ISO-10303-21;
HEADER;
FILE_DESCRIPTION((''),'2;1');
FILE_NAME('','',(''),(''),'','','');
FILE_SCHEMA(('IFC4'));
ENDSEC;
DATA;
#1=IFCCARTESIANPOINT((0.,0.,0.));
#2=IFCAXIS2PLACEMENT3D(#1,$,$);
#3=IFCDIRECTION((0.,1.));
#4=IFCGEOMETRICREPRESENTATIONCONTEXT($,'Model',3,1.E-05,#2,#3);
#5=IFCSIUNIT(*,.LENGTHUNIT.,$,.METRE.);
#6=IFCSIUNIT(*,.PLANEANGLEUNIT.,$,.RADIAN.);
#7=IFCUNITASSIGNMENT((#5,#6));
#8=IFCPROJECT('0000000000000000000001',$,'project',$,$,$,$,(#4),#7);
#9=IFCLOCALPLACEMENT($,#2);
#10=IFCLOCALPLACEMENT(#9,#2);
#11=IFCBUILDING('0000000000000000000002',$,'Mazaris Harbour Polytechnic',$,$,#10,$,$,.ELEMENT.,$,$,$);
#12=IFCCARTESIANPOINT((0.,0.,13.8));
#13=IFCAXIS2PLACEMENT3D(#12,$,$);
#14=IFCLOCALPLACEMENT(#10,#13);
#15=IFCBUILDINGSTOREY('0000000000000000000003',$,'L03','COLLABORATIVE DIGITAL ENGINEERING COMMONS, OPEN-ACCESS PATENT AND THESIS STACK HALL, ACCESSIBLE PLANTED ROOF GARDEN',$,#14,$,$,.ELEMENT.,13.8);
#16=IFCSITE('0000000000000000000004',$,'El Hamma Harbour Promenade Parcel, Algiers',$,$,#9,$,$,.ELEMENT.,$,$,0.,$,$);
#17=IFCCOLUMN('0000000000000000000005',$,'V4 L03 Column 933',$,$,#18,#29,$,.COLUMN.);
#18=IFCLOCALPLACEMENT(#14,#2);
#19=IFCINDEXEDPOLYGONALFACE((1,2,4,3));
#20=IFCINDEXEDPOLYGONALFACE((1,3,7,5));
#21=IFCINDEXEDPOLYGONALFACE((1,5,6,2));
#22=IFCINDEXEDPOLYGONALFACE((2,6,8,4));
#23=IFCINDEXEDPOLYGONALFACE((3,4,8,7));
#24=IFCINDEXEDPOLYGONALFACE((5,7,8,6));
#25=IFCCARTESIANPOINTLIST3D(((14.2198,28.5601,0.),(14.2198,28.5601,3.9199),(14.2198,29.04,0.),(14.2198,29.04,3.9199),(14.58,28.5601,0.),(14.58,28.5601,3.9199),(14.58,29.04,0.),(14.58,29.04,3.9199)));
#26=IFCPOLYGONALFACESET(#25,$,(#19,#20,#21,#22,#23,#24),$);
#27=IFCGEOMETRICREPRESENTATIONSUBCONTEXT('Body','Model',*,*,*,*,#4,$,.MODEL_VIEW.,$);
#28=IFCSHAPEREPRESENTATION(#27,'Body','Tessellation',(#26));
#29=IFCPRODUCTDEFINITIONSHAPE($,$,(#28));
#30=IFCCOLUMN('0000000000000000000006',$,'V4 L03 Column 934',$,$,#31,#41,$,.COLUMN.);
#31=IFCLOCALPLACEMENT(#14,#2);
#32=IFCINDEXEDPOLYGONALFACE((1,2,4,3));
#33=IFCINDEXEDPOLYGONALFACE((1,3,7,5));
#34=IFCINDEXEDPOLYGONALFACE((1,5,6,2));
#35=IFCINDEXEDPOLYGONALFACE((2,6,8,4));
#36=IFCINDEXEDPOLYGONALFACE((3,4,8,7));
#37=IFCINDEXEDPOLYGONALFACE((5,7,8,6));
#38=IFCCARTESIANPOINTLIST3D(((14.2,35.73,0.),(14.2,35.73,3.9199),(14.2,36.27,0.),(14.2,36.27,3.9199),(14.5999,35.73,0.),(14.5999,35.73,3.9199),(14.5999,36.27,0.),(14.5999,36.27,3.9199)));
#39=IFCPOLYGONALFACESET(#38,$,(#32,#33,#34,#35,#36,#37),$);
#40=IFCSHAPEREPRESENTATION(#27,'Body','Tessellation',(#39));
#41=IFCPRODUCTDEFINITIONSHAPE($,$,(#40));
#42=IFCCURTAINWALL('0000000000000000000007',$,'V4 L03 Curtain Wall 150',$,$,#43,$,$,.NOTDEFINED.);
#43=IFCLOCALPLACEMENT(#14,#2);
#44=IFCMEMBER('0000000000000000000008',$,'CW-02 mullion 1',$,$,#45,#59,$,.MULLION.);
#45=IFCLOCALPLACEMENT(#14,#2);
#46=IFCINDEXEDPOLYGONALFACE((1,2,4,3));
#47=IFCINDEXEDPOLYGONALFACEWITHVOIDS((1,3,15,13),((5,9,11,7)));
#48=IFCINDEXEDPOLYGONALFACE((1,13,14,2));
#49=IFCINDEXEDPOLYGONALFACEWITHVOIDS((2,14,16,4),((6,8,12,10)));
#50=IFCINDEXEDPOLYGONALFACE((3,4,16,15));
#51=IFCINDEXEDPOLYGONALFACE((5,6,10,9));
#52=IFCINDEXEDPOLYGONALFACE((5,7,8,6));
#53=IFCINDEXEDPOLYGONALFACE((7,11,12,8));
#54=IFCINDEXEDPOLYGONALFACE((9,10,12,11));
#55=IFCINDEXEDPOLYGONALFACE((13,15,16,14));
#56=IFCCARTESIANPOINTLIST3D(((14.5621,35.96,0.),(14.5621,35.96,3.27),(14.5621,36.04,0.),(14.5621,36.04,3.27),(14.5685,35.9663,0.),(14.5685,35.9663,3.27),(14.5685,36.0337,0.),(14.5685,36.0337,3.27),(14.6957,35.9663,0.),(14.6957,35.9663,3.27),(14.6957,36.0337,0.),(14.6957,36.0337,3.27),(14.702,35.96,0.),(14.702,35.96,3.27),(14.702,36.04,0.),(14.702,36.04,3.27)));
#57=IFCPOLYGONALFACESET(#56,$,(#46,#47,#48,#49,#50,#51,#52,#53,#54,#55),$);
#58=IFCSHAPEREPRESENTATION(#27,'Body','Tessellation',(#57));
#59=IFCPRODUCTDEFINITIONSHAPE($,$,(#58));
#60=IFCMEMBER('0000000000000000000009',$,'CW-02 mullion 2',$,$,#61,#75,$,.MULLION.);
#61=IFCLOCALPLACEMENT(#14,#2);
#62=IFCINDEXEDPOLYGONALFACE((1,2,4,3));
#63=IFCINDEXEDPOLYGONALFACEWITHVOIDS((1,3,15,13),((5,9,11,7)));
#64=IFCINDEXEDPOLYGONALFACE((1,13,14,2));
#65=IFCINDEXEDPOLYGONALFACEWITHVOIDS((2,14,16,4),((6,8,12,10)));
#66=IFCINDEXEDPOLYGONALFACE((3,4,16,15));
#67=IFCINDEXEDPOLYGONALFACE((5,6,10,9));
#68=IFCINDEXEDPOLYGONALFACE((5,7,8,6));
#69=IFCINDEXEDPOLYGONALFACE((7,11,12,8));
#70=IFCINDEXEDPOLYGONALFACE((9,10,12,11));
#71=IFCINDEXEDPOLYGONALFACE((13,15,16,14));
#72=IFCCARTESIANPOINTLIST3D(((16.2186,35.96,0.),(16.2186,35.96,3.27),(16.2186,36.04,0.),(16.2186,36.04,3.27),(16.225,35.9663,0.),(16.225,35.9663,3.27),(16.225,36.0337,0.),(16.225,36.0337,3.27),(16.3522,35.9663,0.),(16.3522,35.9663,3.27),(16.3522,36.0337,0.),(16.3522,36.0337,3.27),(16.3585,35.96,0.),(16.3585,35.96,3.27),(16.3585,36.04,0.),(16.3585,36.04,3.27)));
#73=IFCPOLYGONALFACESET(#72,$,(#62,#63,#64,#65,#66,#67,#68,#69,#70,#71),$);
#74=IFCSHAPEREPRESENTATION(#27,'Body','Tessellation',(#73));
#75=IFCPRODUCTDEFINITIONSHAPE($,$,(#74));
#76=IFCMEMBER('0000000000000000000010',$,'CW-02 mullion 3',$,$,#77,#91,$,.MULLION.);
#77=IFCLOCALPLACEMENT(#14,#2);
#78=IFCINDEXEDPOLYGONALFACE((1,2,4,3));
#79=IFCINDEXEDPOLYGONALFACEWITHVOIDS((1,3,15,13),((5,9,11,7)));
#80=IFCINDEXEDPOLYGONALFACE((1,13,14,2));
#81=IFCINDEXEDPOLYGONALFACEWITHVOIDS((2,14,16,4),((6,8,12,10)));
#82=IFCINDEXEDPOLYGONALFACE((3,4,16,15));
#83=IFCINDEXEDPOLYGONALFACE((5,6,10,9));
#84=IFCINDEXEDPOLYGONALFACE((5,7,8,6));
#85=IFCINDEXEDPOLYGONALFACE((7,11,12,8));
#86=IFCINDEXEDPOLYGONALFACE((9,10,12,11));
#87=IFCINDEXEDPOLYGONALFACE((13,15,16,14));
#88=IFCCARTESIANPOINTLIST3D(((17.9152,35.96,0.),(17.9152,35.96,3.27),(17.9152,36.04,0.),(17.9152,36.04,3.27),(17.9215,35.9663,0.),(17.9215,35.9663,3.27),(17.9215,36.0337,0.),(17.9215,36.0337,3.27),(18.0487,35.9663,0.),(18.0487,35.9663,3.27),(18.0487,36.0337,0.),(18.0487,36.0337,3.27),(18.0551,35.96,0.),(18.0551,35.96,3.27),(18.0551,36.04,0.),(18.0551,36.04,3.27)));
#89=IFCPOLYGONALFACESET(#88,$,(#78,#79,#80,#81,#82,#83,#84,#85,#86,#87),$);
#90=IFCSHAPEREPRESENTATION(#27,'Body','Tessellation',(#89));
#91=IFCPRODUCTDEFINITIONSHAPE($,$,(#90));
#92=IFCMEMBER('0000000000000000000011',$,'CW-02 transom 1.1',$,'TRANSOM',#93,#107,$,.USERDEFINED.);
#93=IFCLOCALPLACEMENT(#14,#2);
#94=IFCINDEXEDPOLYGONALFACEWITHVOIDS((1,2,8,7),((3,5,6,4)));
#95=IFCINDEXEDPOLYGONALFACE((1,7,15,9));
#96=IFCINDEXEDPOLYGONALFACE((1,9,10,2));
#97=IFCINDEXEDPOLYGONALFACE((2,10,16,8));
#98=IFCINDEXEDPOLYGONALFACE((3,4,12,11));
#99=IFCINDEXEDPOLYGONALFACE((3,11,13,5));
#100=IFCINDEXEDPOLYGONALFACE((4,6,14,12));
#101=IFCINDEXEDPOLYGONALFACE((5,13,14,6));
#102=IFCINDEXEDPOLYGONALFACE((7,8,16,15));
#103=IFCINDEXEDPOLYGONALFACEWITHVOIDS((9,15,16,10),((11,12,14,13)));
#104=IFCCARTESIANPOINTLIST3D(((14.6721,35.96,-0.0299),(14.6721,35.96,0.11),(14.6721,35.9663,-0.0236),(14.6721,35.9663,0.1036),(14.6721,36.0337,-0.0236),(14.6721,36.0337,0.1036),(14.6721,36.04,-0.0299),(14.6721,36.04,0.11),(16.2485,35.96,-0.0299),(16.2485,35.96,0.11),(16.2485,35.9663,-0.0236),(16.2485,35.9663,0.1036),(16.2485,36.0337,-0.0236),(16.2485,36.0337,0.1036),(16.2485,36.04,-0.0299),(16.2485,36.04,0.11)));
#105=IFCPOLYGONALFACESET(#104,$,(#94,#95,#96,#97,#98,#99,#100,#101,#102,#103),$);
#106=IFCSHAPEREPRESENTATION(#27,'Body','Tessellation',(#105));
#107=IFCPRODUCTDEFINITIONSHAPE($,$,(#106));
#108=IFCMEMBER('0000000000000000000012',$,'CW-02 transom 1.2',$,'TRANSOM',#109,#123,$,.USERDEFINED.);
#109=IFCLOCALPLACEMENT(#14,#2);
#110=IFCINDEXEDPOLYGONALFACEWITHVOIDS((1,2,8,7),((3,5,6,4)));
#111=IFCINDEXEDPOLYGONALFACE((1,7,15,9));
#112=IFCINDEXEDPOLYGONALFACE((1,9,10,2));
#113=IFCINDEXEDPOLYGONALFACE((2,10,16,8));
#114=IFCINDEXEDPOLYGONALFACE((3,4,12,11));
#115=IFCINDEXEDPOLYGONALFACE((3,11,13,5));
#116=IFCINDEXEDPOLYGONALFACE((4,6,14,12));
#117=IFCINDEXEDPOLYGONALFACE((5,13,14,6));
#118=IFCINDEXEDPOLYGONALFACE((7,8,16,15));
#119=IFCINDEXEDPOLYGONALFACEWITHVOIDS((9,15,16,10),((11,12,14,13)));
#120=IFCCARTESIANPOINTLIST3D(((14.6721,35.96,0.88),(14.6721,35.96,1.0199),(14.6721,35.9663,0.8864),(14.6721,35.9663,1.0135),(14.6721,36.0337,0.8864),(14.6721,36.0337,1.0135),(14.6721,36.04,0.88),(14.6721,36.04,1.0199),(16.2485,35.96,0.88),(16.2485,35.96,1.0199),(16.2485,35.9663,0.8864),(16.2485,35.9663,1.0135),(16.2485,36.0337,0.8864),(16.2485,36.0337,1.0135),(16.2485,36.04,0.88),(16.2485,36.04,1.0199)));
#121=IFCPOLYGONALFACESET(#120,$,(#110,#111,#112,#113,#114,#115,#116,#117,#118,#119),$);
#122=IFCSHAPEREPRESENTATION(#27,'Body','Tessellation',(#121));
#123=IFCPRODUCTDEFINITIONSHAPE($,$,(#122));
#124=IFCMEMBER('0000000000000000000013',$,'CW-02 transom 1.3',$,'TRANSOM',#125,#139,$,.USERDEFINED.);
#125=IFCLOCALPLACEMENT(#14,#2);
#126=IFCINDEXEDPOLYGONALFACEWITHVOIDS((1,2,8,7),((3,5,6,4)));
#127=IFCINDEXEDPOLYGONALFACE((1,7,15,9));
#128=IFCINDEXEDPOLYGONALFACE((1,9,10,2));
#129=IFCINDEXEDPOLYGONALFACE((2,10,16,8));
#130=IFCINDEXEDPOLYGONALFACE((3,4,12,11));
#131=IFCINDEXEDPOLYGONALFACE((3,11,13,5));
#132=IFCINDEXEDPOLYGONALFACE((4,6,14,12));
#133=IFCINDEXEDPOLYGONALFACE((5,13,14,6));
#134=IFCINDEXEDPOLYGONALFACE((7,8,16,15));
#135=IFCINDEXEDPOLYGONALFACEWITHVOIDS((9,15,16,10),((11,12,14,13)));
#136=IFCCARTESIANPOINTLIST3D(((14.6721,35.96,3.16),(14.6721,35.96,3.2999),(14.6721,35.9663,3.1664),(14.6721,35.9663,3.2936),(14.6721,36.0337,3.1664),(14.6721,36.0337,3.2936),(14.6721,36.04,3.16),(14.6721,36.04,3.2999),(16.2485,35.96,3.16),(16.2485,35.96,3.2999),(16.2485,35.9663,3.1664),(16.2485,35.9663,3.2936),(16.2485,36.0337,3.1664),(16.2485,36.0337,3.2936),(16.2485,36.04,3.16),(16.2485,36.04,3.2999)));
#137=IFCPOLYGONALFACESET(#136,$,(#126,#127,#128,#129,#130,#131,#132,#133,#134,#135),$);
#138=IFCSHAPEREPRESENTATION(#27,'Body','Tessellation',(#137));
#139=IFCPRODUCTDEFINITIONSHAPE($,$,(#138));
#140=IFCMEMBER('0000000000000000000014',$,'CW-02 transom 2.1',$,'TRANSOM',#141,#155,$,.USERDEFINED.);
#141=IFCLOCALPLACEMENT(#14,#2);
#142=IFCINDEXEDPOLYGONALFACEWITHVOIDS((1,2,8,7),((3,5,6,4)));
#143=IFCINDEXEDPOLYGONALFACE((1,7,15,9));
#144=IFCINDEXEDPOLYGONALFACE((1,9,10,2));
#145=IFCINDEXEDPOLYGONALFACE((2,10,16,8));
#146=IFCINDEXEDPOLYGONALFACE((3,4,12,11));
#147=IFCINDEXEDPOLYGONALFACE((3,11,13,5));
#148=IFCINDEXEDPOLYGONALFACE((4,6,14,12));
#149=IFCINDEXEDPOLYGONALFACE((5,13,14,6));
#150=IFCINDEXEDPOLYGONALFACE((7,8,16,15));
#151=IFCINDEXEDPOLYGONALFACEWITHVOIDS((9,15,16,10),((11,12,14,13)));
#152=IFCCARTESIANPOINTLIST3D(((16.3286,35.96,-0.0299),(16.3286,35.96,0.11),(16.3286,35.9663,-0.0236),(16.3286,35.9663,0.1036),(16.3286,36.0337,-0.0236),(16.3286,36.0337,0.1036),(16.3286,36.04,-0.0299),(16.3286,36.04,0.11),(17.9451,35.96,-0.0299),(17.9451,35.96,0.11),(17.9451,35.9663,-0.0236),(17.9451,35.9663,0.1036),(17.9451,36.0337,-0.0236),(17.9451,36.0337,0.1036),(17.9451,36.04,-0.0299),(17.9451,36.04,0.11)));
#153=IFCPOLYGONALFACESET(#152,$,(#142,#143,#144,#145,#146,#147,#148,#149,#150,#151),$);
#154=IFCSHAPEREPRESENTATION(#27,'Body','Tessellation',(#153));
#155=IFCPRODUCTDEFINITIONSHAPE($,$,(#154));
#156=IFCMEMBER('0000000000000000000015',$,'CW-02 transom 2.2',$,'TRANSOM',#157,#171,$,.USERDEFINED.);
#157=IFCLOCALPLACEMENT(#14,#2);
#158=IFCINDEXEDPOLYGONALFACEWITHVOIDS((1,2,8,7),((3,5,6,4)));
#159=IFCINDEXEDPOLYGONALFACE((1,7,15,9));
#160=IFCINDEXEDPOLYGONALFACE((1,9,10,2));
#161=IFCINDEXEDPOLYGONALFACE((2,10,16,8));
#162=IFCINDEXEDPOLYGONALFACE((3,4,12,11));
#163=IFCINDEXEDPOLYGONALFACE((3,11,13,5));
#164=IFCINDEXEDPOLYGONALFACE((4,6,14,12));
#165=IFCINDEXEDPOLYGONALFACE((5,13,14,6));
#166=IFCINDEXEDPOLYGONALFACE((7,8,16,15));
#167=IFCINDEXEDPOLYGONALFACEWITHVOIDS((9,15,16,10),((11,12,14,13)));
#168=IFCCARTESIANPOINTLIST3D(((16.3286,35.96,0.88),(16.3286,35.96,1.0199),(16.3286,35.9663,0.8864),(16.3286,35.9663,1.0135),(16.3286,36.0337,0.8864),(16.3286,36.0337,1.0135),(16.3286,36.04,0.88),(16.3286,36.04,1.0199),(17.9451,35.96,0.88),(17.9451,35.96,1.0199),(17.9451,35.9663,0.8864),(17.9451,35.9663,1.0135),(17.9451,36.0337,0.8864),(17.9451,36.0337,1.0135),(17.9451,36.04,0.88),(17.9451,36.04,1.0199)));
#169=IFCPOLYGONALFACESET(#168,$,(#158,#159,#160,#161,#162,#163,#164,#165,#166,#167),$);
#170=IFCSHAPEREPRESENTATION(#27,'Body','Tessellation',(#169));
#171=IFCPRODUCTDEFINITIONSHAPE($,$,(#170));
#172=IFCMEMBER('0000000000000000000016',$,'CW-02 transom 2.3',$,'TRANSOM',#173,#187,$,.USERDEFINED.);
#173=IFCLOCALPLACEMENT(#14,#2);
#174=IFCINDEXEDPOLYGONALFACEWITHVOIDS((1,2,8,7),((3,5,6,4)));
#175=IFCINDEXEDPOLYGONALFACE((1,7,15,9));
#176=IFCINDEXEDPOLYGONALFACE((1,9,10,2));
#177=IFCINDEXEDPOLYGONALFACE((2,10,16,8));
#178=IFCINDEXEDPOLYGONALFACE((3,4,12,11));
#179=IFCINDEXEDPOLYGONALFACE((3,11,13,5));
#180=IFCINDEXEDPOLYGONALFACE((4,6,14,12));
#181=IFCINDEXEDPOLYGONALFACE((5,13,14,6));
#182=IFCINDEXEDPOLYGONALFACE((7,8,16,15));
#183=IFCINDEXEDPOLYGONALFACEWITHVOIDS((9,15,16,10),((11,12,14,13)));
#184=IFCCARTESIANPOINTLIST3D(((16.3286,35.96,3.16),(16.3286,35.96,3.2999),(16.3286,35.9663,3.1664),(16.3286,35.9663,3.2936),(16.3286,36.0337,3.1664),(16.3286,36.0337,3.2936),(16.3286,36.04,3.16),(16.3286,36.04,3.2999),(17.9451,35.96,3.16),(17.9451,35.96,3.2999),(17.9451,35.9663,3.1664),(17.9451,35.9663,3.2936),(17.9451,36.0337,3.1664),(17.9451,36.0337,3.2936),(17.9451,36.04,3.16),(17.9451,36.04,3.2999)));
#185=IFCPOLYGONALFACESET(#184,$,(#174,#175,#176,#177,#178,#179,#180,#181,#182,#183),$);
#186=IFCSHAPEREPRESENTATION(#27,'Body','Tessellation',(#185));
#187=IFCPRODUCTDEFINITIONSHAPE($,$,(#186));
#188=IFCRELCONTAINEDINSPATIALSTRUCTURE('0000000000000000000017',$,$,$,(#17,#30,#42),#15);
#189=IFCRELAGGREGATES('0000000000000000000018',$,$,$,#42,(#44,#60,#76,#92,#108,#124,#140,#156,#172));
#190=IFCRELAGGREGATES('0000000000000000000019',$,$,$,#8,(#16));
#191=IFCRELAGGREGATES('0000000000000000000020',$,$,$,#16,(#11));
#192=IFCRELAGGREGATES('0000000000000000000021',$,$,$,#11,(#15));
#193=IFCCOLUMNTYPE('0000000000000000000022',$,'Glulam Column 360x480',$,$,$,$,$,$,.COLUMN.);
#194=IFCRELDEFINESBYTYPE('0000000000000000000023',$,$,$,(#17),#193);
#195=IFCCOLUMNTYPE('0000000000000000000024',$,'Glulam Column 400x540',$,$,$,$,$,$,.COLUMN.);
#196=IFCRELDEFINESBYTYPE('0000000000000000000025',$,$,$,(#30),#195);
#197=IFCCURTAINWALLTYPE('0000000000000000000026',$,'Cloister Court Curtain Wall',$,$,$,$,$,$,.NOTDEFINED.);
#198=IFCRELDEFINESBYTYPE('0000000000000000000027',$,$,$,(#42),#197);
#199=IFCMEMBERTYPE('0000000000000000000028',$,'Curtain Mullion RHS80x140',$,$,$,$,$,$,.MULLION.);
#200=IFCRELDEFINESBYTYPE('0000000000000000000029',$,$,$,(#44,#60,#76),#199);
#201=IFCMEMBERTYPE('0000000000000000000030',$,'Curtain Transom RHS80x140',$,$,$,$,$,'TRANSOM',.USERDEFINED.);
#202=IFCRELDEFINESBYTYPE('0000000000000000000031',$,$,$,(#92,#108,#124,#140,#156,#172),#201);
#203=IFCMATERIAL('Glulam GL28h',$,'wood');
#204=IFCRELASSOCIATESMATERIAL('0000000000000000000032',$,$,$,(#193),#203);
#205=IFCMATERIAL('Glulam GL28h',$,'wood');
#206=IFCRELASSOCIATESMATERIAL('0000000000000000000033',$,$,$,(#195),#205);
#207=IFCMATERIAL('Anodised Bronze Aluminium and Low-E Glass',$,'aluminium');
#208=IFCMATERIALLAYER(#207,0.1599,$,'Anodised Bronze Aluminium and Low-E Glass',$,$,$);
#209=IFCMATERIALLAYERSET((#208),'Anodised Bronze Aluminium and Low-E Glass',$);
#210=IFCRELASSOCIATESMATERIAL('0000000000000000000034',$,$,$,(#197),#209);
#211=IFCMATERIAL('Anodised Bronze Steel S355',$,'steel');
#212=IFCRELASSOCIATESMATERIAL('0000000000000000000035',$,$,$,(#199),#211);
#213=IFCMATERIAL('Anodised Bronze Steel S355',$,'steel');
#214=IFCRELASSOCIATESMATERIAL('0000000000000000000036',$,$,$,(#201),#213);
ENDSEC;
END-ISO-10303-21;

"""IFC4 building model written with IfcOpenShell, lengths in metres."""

from ifc_helpers import new_model, si_unit, direction, frame, origin, origin_2d, place, context, subcontext, project, spatial, rectangle, hollow_rectangle, extrude, material, layer, layer_set, material_profile, profile_set, type_object, element, aggregate, save


model = new_model("IFC4")

# Units and contexts
model_context = context("Model", 3, precision=1e-05, world=origin(), true_north=direction((0.0, 1.0)))
body_context = subcontext(model_context, "Body", "Model", "MODEL_VIEW")
ifc_project = project(units=[si_unit("LENGTHUNIT", "METRE"), si_unit("PLANEANGLEUNIT", "RADIAN")], contexts=[model_context])

# Site, building, storey
site_placement = place(None, origin())
site = spatial("IfcSite", under=ifc_project, at=site_placement, Name="El Hamma Harbour Promenade Parcel, Algiers", CompositionType="ELEMENT", RefElevation=0.0)
building_placement = place(site_placement, origin())
building = spatial("IfcBuilding", under=site, at=building_placement, Name="Mazaris Harbour Polytechnic", CompositionType="ELEMENT")
storey_placement = place(building_placement, frame((0.0, 0.0, 13.8)))
storey = spatial("IfcBuildingStorey", under=building, at=storey_placement, Name="L03", Description="COLLABORATIVE DIGITAL ENGINEERING COMMONS, OPEN-ACCESS PATENT AND THESIS STACK HALL, ACCESSIBLE PLANTED ROOF GARDEN", CompositionType="ELEMENT", Elevation=13.8)

# Columns
ifc_material_1 = material(Name="Glulam GL28h", Category="wood")
ifc_material_profile_1 = material_profile(ifc_material_1, rectangle(XDim=0.3601, YDim=0.48, at=origin_2d()), Name="RECT360x480")
ifc_profile_set_1 = profile_set([ifc_material_profile_1], Name="Glulam GL28h")
column_type_1 = type_object("IfcColumnType", Name="Glulam Column 360x480", PredefinedType="COLUMN", material=ifc_profile_set_1)
column_1_placement = place(storey_placement, frame((14.3999, 28.8, 0.0), z_axis=(0.0, 0.0, 1.0), x_axis=(1.0, 0.0, 0.0)))
element("IfcColumn", 1, at=column_1_placement, inside=storey, type_object=column_type_1, Name="V4 L03 Column 933", PredefinedType="COLUMN", context=body_context, shape_type="SweptSolid", body=[
    extrude(rectangle(XDim=0.3601, YDim=0.48, at=origin_2d()), origin(), (0.0, 0.0, 1.0), 3.9199),
])
ifc_material_2 = material(Name="Glulam GL28h", Category="wood")
ifc_material_profile_2 = material_profile(ifc_material_2, rectangle(XDim=0.3999, YDim=0.54, at=origin_2d()), Name="RECT400x540")
ifc_profile_set_2 = profile_set([ifc_material_profile_2], Name="Glulam GL28h")
column_type_2 = type_object("IfcColumnType", Name="Glulam Column 400x540", PredefinedType="COLUMN", material=ifc_profile_set_2)
column_2_placement = place(storey_placement, frame((14.3999, 36.0, 0.0), z_axis=(0.0, 0.0, 1.0), x_axis=(1.0, 0.0, 0.0)))
element("IfcColumn", 2, at=column_2_placement, inside=storey, type_object=column_type_2, Name="V4 L03 Column 934", PredefinedType="COLUMN", context=body_context, shape_type="SweptSolid", body=[
    extrude(rectangle(XDim=0.3999, YDim=0.54, at=origin_2d()), origin(), (0.0, 0.0, 1.0), 3.9199),
])

# Curtain wall, members
ifc_material_3 = material(Name="Anodised Bronze Aluminium and Low-E Glass", Category="aluminium")
ifc_layer_1 = layer(ifc_material_3, 0.1599, Name="Anodised Bronze Aluminium and Low-E Glass")
ifc_layer_set_1 = layer_set([ifc_layer_1], Name="Anodised Bronze Aluminium and Low-E Glass")
curtain_wall_type = type_object("IfcCurtainWallType", Name="Cloister Court Curtain Wall", PredefinedType="NOTDEFINED", material=ifc_layer_set_1)
curtain_wall_placement = place(storey_placement, origin())
curtain_wall = element("IfcCurtainWall", 3, at=curtain_wall_placement, inside=storey, type_object=curtain_wall_type, Name="V4 L03 Curtain Wall 150", PredefinedType="NOTDEFINED")
ifc_material_4 = material(Name="Anodised Bronze Steel S355", Category="steel")
ifc_material_profile_3 = material_profile(ifc_material_4, hollow_rectangle(XDim=0.0801, YDim=0.1399, WallThickness=0.0063, at=origin_2d()), Name="RHS 80x140x6.3")
ifc_profile_set_3 = profile_set([ifc_material_profile_3], Name="Anodised Bronze Steel S355")
member_type_1 = type_object("IfcMemberType", Name="Curtain Mullion RHS80x140", PredefinedType="MULLION", material=ifc_profile_set_3)
member_1_placement = place(storey_placement, frame((14.6321, 36.0, 0.0), z_axis=(0.0, 0.0, 1.0), x_axis=(0.0, 1.0, 0.0)))
member_1 = element("IfcMember", 4, at=member_1_placement, type_object=member_type_1, Name="CW-02 mullion 1", PredefinedType="MULLION", context=body_context, shape_type="SweptSolid", body=[
    extrude(hollow_rectangle(XDim=0.0801, YDim=0.1399, WallThickness=0.0063, at=origin_2d()), origin(), (0.0, 0.0, 1.0), 3.27),
])
member_2_placement = place(storey_placement, frame((16.2886, 36.0, 0.0), z_axis=(0.0, 0.0, 1.0), x_axis=(0.0, 1.0, 0.0)))
member_2 = element("IfcMember", 5, at=member_2_placement, type_object=member_type_1, Name="CW-02 mullion 2", PredefinedType="MULLION", context=body_context, shape_type="SweptSolid", body=[
    extrude(hollow_rectangle(XDim=0.0801, YDim=0.1399, WallThickness=0.0063, at=origin_2d()), origin(), (0.0, 0.0, 1.0), 3.27),
])
member_3_placement = place(storey_placement, frame((17.9851, 36.0, 0.0), z_axis=(0.0, 0.0, 1.0), x_axis=(0.0, 1.0, 0.0)))
member_3 = element("IfcMember", 6, at=member_3_placement, type_object=member_type_1, Name="CW-02 mullion 3", PredefinedType="MULLION", context=body_context, shape_type="SweptSolid", body=[
    extrude(hollow_rectangle(XDim=0.0801, YDim=0.1399, WallThickness=0.0063, at=origin_2d()), origin(), (0.0, 0.0, 1.0), 3.27),
])
ifc_material_5 = material(Name="Anodised Bronze Steel S355", Category="steel")
ifc_material_profile_4 = material_profile(ifc_material_5, hollow_rectangle(XDim=0.0801, YDim=0.1399, WallThickness=0.0063, at=origin_2d()), Name="RHS 80x140x6.3")
ifc_profile_set_4 = profile_set([ifc_material_profile_4], Name="Anodised Bronze Steel S355")
member_type_2 = type_object("IfcMemberType", Name="Curtain Transom RHS80x140", ElementType="TRANSOM", PredefinedType="USERDEFINED", material=ifc_profile_set_4)
member_4_placement = place(storey_placement, frame((14.6721, 36.0, 0.04), z_axis=(1.0, 0.0, 0.0), x_axis=(0.0, 1.0, 0.0)))
member_4 = element("IfcMember", 7, at=member_4_placement, type_object=member_type_2, Name="CW-02 transom 1.1", ObjectType="TRANSOM", PredefinedType="USERDEFINED", context=body_context, shape_type="SweptSolid", body=[
    extrude(hollow_rectangle(XDim=0.0801, YDim=0.1399, WallThickness=0.0063, at=origin_2d()), origin(), (0.0, 0.0, 1.0), 1.5764),
])
member_5_placement = place(storey_placement, frame((14.6721, 36.0, 0.95), z_axis=(1.0, 0.0, 0.0), x_axis=(0.0, 1.0, 0.0)))
member_5 = element("IfcMember", 8, at=member_5_placement, type_object=member_type_2, Name="CW-02 transom 1.2", ObjectType="TRANSOM", PredefinedType="USERDEFINED", context=body_context, shape_type="SweptSolid", body=[
    extrude(hollow_rectangle(XDim=0.0801, YDim=0.1399, WallThickness=0.0063, at=origin_2d()), origin(), (0.0, 0.0, 1.0), 1.5764),
])
member_6_placement = place(storey_placement, frame((14.6721, 36.0, 3.23), z_axis=(1.0, 0.0, 0.0), x_axis=(0.0, 1.0, 0.0)))
member_6 = element("IfcMember", 9, at=member_6_placement, type_object=member_type_2, Name="CW-02 transom 1.3", ObjectType="TRANSOM", PredefinedType="USERDEFINED", context=body_context, shape_type="SweptSolid", body=[
    extrude(hollow_rectangle(XDim=0.0801, YDim=0.1399, WallThickness=0.0063, at=origin_2d()), origin(), (0.0, 0.0, 1.0), 1.5764),
])
member_7_placement = place(storey_placement, frame((16.3286, 36.0, 0.04), z_axis=(1.0, 0.0, 0.0), x_axis=(0.0, 1.0, 0.0)))
member_7 = element("IfcMember", 10, at=member_7_placement, type_object=member_type_2, Name="CW-02 transom 2.1", ObjectType="TRANSOM", PredefinedType="USERDEFINED", context=body_context, shape_type="SweptSolid", body=[
    extrude(hollow_rectangle(XDim=0.0801, YDim=0.1399, WallThickness=0.0063, at=origin_2d()), origin(), (0.0, 0.0, 1.0), 1.6165),
])
member_8_placement = place(storey_placement, frame((16.3286, 36.0, 0.95), z_axis=(1.0, 0.0, 0.0), x_axis=(0.0, 1.0, 0.0)))
member_8 = element("IfcMember", 11, at=member_8_placement, type_object=member_type_2, Name="CW-02 transom 2.2", ObjectType="TRANSOM", PredefinedType="USERDEFINED", context=body_context, shape_type="SweptSolid", body=[
    extrude(hollow_rectangle(XDim=0.0801, YDim=0.1399, WallThickness=0.0063, at=origin_2d()), origin(), (0.0, 0.0, 1.0), 1.6165),
])
member_9_placement = place(storey_placement, frame((16.3286, 36.0, 3.23), z_axis=(1.0, 0.0, 0.0), x_axis=(0.0, 1.0, 0.0)))
member_9 = element("IfcMember", 12, at=member_9_placement, type_object=member_type_2, Name="CW-02 transom 2.3", ObjectType="TRANSOM", PredefinedType="USERDEFINED", context=body_context, shape_type="SweptSolid", body=[
    extrude(hollow_rectangle(XDim=0.0801, YDim=0.1399, WallThickness=0.0063, at=origin_2d()), origin(), (0.0, 0.0, 1.0), 1.6165),
])

aggregate(curtain_wall, [member_1, member_2, member_3, member_4, member_5, member_6, member_7, member_8, member_9])

save(model, "model.ifc")
